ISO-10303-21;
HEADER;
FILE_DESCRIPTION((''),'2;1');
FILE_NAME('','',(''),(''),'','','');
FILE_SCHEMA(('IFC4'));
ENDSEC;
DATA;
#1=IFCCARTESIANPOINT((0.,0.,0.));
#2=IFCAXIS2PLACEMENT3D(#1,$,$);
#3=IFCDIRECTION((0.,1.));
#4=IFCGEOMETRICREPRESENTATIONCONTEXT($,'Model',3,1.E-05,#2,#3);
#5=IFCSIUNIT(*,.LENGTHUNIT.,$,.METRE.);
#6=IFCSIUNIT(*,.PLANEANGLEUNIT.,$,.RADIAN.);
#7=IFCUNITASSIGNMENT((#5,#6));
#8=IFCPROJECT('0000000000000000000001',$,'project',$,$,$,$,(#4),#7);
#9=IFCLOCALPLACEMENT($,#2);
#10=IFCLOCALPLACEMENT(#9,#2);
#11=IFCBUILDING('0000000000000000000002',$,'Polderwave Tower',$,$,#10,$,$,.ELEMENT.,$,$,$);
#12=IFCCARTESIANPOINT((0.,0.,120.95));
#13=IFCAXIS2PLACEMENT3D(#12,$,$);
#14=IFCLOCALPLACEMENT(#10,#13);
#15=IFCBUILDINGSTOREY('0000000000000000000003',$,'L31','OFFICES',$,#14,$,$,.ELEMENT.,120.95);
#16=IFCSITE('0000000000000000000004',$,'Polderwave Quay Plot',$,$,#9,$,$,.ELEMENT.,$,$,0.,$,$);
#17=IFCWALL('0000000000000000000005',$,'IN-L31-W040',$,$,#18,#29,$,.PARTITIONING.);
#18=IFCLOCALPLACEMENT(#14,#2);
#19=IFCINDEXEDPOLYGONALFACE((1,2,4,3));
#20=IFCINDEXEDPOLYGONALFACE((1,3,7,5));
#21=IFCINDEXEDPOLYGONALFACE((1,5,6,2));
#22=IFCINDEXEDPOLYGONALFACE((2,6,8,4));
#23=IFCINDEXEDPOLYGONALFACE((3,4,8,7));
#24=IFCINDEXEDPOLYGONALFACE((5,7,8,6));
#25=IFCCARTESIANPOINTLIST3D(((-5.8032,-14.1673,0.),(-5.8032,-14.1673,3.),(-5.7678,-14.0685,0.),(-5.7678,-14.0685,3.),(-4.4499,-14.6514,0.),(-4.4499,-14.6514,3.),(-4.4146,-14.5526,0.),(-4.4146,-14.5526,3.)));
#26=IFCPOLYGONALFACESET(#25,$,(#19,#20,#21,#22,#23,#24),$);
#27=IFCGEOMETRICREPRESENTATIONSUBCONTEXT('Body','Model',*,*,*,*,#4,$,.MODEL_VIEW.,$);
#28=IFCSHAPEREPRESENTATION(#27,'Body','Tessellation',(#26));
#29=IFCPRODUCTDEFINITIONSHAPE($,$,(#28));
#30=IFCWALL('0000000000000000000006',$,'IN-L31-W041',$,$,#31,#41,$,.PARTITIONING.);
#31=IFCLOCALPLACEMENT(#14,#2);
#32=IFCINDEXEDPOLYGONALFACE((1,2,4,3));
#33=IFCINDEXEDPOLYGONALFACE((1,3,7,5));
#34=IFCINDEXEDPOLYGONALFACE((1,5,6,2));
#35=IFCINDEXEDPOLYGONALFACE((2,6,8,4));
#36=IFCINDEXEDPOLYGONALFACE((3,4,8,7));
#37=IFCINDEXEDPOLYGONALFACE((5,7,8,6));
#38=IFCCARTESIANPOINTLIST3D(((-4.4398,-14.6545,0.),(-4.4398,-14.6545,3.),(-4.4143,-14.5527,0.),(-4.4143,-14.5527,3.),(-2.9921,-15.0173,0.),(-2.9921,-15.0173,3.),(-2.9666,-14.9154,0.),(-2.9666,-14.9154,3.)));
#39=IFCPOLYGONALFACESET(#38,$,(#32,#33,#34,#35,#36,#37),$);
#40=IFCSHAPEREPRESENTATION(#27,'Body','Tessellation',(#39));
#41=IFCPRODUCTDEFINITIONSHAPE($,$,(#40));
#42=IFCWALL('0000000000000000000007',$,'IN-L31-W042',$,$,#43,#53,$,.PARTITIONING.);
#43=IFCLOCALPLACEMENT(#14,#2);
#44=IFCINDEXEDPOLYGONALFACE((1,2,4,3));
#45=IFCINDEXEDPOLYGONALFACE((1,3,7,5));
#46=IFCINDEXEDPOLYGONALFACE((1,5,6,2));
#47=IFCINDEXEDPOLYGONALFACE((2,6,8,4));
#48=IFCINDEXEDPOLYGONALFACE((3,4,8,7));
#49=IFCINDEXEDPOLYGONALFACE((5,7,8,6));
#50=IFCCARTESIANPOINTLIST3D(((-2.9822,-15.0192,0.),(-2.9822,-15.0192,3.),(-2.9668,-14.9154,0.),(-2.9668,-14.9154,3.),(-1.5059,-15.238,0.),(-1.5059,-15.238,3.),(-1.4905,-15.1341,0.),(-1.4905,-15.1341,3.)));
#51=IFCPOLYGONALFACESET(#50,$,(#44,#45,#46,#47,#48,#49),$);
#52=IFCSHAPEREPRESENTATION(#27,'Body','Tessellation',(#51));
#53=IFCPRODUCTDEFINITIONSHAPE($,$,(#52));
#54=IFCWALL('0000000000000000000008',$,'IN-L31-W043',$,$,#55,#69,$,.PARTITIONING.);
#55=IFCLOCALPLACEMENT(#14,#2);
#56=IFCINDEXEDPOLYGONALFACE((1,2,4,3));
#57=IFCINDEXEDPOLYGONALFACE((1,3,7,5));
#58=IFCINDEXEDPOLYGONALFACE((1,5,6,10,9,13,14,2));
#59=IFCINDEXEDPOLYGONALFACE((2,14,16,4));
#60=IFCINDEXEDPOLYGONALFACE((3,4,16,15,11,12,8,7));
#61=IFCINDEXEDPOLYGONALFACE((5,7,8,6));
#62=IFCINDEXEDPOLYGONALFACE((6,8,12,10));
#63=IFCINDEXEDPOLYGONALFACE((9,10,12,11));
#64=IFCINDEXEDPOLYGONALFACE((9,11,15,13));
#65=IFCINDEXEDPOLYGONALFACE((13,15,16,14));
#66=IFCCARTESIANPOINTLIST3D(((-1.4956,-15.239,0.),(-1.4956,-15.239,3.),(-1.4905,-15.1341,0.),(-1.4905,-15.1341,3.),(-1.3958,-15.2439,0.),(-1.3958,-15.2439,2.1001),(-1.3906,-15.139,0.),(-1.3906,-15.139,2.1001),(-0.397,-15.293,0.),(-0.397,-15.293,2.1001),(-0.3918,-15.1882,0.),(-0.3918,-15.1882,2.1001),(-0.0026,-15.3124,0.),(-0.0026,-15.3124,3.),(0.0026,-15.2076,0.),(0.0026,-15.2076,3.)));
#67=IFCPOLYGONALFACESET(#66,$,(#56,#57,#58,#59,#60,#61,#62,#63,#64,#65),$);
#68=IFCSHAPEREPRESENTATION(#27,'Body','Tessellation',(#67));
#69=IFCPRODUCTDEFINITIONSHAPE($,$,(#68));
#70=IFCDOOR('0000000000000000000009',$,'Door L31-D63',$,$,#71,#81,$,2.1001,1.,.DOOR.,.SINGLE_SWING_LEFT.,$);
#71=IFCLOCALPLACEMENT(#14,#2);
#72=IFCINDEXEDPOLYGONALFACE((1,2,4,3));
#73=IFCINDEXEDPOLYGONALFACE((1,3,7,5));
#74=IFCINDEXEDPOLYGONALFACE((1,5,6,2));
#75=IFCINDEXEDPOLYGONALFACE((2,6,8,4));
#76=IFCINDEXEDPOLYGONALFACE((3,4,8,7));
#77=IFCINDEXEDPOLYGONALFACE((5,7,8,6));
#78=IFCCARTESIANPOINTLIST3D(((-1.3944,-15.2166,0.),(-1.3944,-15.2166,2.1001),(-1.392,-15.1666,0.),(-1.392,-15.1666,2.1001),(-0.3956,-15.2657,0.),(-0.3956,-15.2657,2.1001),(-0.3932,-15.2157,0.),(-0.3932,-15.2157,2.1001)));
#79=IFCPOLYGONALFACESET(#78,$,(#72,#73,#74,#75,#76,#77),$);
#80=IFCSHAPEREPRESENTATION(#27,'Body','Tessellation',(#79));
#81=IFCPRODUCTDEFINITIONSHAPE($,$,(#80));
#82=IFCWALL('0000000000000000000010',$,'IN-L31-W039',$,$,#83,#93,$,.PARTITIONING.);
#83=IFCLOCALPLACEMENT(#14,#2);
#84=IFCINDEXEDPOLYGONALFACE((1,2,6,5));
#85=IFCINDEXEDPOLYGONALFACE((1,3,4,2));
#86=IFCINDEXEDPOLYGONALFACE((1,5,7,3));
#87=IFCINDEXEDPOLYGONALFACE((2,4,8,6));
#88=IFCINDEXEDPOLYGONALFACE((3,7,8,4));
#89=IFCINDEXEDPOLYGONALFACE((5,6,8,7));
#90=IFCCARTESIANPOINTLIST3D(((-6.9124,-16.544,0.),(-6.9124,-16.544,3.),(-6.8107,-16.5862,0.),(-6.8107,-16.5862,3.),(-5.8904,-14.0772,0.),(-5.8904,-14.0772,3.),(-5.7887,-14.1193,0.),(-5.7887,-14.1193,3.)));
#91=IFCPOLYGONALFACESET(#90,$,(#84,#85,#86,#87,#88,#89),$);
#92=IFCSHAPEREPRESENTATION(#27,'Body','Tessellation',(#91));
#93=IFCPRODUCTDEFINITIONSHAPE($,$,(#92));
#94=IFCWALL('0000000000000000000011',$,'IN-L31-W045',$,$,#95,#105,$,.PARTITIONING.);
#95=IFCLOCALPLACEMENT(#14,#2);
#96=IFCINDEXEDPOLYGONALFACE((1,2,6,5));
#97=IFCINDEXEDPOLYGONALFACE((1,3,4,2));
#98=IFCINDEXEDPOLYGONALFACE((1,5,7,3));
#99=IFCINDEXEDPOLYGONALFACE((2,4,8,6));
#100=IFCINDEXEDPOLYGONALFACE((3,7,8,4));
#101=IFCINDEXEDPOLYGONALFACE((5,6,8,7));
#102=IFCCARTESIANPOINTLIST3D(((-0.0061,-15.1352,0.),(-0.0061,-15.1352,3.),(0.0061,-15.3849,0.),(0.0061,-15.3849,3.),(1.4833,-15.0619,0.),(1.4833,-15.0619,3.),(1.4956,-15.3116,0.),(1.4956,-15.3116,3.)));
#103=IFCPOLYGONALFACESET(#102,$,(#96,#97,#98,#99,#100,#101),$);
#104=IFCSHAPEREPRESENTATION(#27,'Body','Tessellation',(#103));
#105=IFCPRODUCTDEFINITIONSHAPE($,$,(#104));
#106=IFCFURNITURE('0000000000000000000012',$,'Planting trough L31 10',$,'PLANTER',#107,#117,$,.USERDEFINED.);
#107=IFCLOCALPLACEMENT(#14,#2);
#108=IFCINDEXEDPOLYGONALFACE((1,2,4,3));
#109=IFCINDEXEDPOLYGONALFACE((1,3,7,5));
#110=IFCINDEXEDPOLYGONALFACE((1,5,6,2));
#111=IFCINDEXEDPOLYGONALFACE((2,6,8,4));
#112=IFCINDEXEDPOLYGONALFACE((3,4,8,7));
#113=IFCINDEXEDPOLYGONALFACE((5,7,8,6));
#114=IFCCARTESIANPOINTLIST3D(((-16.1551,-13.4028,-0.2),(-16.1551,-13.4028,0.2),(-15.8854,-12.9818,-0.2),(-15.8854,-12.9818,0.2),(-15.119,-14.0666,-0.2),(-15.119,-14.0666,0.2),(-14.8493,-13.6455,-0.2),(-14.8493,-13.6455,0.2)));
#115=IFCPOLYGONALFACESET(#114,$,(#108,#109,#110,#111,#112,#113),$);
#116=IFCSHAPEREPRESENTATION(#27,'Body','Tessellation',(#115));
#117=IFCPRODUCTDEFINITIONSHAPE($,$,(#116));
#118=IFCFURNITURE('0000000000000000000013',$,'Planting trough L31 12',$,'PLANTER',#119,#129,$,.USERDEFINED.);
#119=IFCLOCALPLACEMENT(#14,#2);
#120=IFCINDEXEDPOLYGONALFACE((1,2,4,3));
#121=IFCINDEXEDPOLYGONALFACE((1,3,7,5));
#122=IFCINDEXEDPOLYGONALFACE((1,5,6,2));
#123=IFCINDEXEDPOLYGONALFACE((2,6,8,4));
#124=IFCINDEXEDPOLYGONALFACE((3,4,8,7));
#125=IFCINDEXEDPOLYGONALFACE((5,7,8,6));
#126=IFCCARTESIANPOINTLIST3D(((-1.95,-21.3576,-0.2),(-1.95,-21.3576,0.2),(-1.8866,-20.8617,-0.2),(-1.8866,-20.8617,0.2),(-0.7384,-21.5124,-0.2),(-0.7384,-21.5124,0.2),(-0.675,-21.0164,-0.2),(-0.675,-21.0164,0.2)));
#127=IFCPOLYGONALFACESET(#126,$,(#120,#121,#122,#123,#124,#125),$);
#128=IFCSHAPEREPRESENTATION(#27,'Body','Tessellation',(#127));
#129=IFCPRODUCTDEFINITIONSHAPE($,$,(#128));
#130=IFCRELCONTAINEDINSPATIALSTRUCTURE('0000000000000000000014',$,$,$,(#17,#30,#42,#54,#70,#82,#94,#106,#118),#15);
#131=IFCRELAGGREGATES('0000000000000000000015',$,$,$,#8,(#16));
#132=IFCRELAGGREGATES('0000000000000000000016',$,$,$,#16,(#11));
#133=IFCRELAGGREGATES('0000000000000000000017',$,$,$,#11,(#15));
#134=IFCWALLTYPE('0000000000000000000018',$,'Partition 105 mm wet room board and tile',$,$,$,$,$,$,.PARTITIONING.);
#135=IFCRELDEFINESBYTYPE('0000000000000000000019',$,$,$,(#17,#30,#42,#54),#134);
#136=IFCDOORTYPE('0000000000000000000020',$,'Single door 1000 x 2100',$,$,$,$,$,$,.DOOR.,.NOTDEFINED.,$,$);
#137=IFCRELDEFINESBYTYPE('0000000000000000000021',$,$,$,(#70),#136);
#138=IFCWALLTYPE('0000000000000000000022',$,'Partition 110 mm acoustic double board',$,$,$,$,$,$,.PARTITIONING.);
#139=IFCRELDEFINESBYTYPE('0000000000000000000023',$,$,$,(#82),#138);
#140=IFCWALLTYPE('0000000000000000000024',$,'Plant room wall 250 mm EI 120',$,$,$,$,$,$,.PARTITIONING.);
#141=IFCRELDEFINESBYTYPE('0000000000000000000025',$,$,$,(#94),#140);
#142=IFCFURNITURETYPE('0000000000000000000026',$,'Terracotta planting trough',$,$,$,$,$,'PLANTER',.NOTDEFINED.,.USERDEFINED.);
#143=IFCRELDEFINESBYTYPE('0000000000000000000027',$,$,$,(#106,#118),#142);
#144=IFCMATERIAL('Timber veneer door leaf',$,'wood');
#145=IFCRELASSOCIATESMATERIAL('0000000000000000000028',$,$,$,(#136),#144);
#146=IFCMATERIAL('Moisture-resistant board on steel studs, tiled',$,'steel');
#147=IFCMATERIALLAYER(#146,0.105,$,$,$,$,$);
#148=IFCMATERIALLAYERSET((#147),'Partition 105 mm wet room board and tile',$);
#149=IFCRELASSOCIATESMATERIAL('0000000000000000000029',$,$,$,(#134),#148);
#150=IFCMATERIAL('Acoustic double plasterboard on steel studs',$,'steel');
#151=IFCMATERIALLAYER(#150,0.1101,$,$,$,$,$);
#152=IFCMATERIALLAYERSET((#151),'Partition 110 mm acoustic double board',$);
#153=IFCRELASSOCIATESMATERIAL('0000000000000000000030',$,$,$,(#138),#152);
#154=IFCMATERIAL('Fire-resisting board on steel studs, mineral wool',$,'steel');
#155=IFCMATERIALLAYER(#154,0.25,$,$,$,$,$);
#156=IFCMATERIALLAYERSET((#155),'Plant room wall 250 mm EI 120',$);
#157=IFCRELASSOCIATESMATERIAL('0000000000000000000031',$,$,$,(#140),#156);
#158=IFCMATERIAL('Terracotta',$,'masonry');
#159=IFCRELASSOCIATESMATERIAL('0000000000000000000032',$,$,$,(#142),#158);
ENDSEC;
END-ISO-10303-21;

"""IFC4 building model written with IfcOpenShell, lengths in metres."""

from ifc_helpers import new_model, si_unit, direction, frame, frame_2d, origin, origin_2d, place, context, subcontext, project, spatial, rectangle, extrude, material, layer, layer_set, type_object, element, fill, save


model = new_model("IFC4")

# Units and contexts
model_context = context("Model", 3, precision=1e-05, world=origin(), true_north=direction((0.0, 1.0)))
body_context = subcontext(model_context, "Body", "Model", "MODEL_VIEW")
ifc_project = project(units=[si_unit("LENGTHUNIT", "METRE"), si_unit("PLANEANGLEUNIT", "RADIAN")], contexts=[model_context])

# Site, building, storey
site_placement = place(None, origin())
site = spatial("IfcSite", under=ifc_project, at=site_placement, Name="Polderwave Quay Plot", CompositionType="ELEMENT", RefElevation=0.0)
building_placement = place(site_placement, origin())
building = spatial("IfcBuilding", under=site, at=building_placement, Name="Polderwave Tower", CompositionType="ELEMENT")
storey_placement = place(building_placement, frame((0.0, 0.0, 120.95)))
storey = spatial("IfcBuildingStorey", under=building, at=storey_placement, Name="L31", Description="OFFICES", CompositionType="ELEMENT", Elevation=120.95)

# Shared definitions
ifc_material_1 = material(Name="Timber veneer door leaf", Category="wood")
door_type = type_object("IfcDoorType", Name="Single door 1000 x 2100", OperationType="NOTDEFINED", PredefinedType="DOOR", material=ifc_material_1)

# Walls
ifc_material_2 = material(Name="Moisture-resistant board on steel studs, tiled", Category="steel")
ifc_layer_1 = layer(ifc_material_2, 0.105)
ifc_layer_set_1 = layer_set([ifc_layer_1], Name="Partition 105 mm wet room board and tile")
wall_type_1 = type_object("IfcWallType", Name="Partition 105 mm wet room board and tile", PredefinedType="PARTITIONING", material=ifc_layer_set_1)
wall_1_placement = place(storey_placement, frame((-4.4321, -14.6021, 0.0), z_axis=(0.0, 0.0, 1.0), x_axis=(-0.941561, 0.336842, 0.0)))
element("IfcWall", 1, at=wall_1_placement, inside=storey, type_object=wall_type_1, Name="IN-L31-W040", PredefinedType="PARTITIONING", context=body_context, shape_type="SweptSolid", body=[
    extrude(rectangle(XDim=1.4373, YDim=0.105, at=frame_2d((0.7188, 0.0))), origin(), (0.0, 0.0, 1.0), 3.0),
])
for number, where, z_axis, x_axis, name in (
    (2, (-2.9795, -14.9663, 0.0), (0.0, 0.0, 1.0), (-0.970008, 0.243074, 0.0), "IN-L31-W041"),
    (3, (-1.4983, -15.186, 0.0), (0.0, 0.0, 1.0), (-0.9892, 0.146572, 0.0), "IN-L31-W042"),
):
    element("IfcWall", number, at=place(storey_placement, frame(where, z_axis=z_axis, x_axis=x_axis)), inside=storey, type_object=wall_type_1, Name=name, PredefinedType="PARTITIONING", context=body_context, shape_type="SweptSolid", body=[
        extrude(rectangle(XDim=1.4924, YDim=0.105, at=frame_2d((0.7461, 0.0))), origin(), (0.0, 0.0, 1.0), 3.0),
    ])

# Wall, opening, door
wall_2_placement = place(storey_placement, frame((-1.4932, -15.1865, 0.0), z_axis=(0.0, 0.0, 1.0), x_axis=(0.998791, -0.049156, 0.0)))
wall_2 = element("IfcWall", 4, at=wall_2_placement, inside=storey, type_object=wall_type_1, Name="IN-L31-W043", PredefinedType="PARTITIONING", context=body_context, shape_type="SweptSolid", body=[
    extrude(rectangle(XDim=1.4949, YDim=0.105, at=frame_2d((0.7476, 0.0))), origin(), (0.0, 0.0, 1.0), 3.0),
])
opening_1_placement = place(wall_2_placement, frame((0.1001, 0.0, 0.0)))
opening_1 = element("IfcOpeningElement", 5, at=opening_1_placement, cuts=wall_2, PredefinedType="OPENING", context=body_context, shape_type="SweptSolid", body=[
    extrude(rectangle(XDim=1.0, YDim=2.1001, at=frame_2d((0.5, 1.05))), frame((0.0, 0.0625, 0.0), z_axis=(0.0, -1.0, 0.0), x_axis=(1.0, 0.0, 0.0)), (0.0, 0.0, 1.0), 0.125),
])
door_1_placement = place(opening_1_placement, origin())
door_1 = element("IfcDoor", 6, at=door_1_placement, inside=storey, type_object=door_type, Name="Door L31-D63", OperationType="SINGLE_SWING_LEFT", OverallHeight=2.1001, OverallWidth=1.0, PredefinedType="DOOR", context=body_context, shape_type="SweptSolid", body=[
    extrude(rectangle(XDim=1.0, YDim=2.1001, at=frame_2d((0.5, 1.05))), frame((0.0, 0.0249, 0.0), z_axis=(0.0, -1.0, 0.0), x_axis=(1.0, 0.0, 0.0)), (0.0, 0.0, 1.0), 0.05),
])
fill(opening_1, door_1)

# Walls
ifc_material_3 = material(Name="Acoustic double plasterboard on steel studs", Category="steel")
ifc_layer_2 = layer(ifc_material_3, 0.1101)
ifc_layer_set_2 = layer_set([ifc_layer_2], Name="Partition 110 mm acoustic double board")
wall_type_2 = type_object("IfcWallType", Name="Partition 110 mm acoustic double board", PredefinedType="PARTITIONING", material=ifc_layer_set_2)
wall_3_placement = place(storey_placement, frame((-5.8396, -14.0984, 0.0), z_axis=(0.0, 0.0, 1.0), x_axis=(-0.382745, -0.923854, 0.0)))
element("IfcWall", 7, at=wall_3_placement, inside=storey, type_object=wall_type_2, Name="IN-L31-W039", PredefinedType="PARTITIONING", context=body_context, shape_type="SweptSolid", body=[
    extrude(rectangle(XDim=2.6702, YDim=0.1101, at=frame_2d((1.335, 0.0))), origin(), (0.0, 0.0, 1.0), 3.0),
])
ifc_material_4 = material(Name="Fire-resisting board on steel studs, mineral wool", Category="steel")
ifc_layer_3 = layer(ifc_material_4, 0.25)
ifc_layer_set_3 = layer_set([ifc_layer_3], Name="Plant room wall 250 mm EI 120")
wall_type_3 = type_object("IfcWallType", Name="Plant room wall 250 mm EI 120", PredefinedType="PARTITIONING", material=ifc_layer_set_3)
wall_4_placement = place(storey_placement, frame((0.0, -15.26, 0.0), z_axis=(0.0, 0.0, 1.0), x_axis=(0.998793, 0.049113, 0.0)))
element("IfcWall", 8, at=wall_4_placement, inside=storey, type_object=wall_type_3, Name="IN-L31-W045", PredefinedType="PARTITIONING", context=body_context, shape_type="SweptSolid", body=[
    extrude(rectangle(XDim=1.4912, YDim=0.25, at=frame_2d((0.7456, 0.0))), origin(), (0.0, 0.0, 1.0), 3.0),
])

# Furniture
ifc_material_5 = material(Name="Terracotta", Category="masonry")
furniture_type = type_object("IfcFurnitureType", Name="Terracotta planting trough", ElementType="PLANTER", AssemblyPlace="NOTDEFINED", PredefinedType="USERDEFINED", material=ifc_material_5)
furniture_1_placement = place(storey_placement, frame((-15.5022, -13.5242, -0.2), z_axis=(0.0, 0.0, 1.0), x_axis=(0.842029, -0.539432, 0.0)))
element("IfcFurniture", 9, at=furniture_1_placement, inside=storey, type_object=furniture_type, Name="Planting trough L31 10", ObjectType="PLANTER", PredefinedType="USERDEFINED", context=body_context, shape_type="SweptSolid", body=[
    extrude(rectangle(XDim=1.2305, YDim=0.5, at=origin_2d()), origin(), (0.0, 0.0, 1.0), 0.3999),
])
furniture_2_placement = place(storey_placement, frame((-1.3125, -21.187, -0.2), z_axis=(0.0, 0.0, 1.0), x_axis=(0.991944, -0.12668, 0.0)))
element("IfcFurniture", 10, at=furniture_2_placement, inside=storey, type_object=furniture_type, Name="Planting trough L31 12", ObjectType="PLANTER", PredefinedType="USERDEFINED", context=body_context, shape_type="SweptSolid", body=[
    extrude(rectangle(XDim=1.2214, YDim=0.5, at=origin_2d()), origin(), (0.0, 0.0, 1.0), 0.3999),
])

save(model, "model.ifc")
